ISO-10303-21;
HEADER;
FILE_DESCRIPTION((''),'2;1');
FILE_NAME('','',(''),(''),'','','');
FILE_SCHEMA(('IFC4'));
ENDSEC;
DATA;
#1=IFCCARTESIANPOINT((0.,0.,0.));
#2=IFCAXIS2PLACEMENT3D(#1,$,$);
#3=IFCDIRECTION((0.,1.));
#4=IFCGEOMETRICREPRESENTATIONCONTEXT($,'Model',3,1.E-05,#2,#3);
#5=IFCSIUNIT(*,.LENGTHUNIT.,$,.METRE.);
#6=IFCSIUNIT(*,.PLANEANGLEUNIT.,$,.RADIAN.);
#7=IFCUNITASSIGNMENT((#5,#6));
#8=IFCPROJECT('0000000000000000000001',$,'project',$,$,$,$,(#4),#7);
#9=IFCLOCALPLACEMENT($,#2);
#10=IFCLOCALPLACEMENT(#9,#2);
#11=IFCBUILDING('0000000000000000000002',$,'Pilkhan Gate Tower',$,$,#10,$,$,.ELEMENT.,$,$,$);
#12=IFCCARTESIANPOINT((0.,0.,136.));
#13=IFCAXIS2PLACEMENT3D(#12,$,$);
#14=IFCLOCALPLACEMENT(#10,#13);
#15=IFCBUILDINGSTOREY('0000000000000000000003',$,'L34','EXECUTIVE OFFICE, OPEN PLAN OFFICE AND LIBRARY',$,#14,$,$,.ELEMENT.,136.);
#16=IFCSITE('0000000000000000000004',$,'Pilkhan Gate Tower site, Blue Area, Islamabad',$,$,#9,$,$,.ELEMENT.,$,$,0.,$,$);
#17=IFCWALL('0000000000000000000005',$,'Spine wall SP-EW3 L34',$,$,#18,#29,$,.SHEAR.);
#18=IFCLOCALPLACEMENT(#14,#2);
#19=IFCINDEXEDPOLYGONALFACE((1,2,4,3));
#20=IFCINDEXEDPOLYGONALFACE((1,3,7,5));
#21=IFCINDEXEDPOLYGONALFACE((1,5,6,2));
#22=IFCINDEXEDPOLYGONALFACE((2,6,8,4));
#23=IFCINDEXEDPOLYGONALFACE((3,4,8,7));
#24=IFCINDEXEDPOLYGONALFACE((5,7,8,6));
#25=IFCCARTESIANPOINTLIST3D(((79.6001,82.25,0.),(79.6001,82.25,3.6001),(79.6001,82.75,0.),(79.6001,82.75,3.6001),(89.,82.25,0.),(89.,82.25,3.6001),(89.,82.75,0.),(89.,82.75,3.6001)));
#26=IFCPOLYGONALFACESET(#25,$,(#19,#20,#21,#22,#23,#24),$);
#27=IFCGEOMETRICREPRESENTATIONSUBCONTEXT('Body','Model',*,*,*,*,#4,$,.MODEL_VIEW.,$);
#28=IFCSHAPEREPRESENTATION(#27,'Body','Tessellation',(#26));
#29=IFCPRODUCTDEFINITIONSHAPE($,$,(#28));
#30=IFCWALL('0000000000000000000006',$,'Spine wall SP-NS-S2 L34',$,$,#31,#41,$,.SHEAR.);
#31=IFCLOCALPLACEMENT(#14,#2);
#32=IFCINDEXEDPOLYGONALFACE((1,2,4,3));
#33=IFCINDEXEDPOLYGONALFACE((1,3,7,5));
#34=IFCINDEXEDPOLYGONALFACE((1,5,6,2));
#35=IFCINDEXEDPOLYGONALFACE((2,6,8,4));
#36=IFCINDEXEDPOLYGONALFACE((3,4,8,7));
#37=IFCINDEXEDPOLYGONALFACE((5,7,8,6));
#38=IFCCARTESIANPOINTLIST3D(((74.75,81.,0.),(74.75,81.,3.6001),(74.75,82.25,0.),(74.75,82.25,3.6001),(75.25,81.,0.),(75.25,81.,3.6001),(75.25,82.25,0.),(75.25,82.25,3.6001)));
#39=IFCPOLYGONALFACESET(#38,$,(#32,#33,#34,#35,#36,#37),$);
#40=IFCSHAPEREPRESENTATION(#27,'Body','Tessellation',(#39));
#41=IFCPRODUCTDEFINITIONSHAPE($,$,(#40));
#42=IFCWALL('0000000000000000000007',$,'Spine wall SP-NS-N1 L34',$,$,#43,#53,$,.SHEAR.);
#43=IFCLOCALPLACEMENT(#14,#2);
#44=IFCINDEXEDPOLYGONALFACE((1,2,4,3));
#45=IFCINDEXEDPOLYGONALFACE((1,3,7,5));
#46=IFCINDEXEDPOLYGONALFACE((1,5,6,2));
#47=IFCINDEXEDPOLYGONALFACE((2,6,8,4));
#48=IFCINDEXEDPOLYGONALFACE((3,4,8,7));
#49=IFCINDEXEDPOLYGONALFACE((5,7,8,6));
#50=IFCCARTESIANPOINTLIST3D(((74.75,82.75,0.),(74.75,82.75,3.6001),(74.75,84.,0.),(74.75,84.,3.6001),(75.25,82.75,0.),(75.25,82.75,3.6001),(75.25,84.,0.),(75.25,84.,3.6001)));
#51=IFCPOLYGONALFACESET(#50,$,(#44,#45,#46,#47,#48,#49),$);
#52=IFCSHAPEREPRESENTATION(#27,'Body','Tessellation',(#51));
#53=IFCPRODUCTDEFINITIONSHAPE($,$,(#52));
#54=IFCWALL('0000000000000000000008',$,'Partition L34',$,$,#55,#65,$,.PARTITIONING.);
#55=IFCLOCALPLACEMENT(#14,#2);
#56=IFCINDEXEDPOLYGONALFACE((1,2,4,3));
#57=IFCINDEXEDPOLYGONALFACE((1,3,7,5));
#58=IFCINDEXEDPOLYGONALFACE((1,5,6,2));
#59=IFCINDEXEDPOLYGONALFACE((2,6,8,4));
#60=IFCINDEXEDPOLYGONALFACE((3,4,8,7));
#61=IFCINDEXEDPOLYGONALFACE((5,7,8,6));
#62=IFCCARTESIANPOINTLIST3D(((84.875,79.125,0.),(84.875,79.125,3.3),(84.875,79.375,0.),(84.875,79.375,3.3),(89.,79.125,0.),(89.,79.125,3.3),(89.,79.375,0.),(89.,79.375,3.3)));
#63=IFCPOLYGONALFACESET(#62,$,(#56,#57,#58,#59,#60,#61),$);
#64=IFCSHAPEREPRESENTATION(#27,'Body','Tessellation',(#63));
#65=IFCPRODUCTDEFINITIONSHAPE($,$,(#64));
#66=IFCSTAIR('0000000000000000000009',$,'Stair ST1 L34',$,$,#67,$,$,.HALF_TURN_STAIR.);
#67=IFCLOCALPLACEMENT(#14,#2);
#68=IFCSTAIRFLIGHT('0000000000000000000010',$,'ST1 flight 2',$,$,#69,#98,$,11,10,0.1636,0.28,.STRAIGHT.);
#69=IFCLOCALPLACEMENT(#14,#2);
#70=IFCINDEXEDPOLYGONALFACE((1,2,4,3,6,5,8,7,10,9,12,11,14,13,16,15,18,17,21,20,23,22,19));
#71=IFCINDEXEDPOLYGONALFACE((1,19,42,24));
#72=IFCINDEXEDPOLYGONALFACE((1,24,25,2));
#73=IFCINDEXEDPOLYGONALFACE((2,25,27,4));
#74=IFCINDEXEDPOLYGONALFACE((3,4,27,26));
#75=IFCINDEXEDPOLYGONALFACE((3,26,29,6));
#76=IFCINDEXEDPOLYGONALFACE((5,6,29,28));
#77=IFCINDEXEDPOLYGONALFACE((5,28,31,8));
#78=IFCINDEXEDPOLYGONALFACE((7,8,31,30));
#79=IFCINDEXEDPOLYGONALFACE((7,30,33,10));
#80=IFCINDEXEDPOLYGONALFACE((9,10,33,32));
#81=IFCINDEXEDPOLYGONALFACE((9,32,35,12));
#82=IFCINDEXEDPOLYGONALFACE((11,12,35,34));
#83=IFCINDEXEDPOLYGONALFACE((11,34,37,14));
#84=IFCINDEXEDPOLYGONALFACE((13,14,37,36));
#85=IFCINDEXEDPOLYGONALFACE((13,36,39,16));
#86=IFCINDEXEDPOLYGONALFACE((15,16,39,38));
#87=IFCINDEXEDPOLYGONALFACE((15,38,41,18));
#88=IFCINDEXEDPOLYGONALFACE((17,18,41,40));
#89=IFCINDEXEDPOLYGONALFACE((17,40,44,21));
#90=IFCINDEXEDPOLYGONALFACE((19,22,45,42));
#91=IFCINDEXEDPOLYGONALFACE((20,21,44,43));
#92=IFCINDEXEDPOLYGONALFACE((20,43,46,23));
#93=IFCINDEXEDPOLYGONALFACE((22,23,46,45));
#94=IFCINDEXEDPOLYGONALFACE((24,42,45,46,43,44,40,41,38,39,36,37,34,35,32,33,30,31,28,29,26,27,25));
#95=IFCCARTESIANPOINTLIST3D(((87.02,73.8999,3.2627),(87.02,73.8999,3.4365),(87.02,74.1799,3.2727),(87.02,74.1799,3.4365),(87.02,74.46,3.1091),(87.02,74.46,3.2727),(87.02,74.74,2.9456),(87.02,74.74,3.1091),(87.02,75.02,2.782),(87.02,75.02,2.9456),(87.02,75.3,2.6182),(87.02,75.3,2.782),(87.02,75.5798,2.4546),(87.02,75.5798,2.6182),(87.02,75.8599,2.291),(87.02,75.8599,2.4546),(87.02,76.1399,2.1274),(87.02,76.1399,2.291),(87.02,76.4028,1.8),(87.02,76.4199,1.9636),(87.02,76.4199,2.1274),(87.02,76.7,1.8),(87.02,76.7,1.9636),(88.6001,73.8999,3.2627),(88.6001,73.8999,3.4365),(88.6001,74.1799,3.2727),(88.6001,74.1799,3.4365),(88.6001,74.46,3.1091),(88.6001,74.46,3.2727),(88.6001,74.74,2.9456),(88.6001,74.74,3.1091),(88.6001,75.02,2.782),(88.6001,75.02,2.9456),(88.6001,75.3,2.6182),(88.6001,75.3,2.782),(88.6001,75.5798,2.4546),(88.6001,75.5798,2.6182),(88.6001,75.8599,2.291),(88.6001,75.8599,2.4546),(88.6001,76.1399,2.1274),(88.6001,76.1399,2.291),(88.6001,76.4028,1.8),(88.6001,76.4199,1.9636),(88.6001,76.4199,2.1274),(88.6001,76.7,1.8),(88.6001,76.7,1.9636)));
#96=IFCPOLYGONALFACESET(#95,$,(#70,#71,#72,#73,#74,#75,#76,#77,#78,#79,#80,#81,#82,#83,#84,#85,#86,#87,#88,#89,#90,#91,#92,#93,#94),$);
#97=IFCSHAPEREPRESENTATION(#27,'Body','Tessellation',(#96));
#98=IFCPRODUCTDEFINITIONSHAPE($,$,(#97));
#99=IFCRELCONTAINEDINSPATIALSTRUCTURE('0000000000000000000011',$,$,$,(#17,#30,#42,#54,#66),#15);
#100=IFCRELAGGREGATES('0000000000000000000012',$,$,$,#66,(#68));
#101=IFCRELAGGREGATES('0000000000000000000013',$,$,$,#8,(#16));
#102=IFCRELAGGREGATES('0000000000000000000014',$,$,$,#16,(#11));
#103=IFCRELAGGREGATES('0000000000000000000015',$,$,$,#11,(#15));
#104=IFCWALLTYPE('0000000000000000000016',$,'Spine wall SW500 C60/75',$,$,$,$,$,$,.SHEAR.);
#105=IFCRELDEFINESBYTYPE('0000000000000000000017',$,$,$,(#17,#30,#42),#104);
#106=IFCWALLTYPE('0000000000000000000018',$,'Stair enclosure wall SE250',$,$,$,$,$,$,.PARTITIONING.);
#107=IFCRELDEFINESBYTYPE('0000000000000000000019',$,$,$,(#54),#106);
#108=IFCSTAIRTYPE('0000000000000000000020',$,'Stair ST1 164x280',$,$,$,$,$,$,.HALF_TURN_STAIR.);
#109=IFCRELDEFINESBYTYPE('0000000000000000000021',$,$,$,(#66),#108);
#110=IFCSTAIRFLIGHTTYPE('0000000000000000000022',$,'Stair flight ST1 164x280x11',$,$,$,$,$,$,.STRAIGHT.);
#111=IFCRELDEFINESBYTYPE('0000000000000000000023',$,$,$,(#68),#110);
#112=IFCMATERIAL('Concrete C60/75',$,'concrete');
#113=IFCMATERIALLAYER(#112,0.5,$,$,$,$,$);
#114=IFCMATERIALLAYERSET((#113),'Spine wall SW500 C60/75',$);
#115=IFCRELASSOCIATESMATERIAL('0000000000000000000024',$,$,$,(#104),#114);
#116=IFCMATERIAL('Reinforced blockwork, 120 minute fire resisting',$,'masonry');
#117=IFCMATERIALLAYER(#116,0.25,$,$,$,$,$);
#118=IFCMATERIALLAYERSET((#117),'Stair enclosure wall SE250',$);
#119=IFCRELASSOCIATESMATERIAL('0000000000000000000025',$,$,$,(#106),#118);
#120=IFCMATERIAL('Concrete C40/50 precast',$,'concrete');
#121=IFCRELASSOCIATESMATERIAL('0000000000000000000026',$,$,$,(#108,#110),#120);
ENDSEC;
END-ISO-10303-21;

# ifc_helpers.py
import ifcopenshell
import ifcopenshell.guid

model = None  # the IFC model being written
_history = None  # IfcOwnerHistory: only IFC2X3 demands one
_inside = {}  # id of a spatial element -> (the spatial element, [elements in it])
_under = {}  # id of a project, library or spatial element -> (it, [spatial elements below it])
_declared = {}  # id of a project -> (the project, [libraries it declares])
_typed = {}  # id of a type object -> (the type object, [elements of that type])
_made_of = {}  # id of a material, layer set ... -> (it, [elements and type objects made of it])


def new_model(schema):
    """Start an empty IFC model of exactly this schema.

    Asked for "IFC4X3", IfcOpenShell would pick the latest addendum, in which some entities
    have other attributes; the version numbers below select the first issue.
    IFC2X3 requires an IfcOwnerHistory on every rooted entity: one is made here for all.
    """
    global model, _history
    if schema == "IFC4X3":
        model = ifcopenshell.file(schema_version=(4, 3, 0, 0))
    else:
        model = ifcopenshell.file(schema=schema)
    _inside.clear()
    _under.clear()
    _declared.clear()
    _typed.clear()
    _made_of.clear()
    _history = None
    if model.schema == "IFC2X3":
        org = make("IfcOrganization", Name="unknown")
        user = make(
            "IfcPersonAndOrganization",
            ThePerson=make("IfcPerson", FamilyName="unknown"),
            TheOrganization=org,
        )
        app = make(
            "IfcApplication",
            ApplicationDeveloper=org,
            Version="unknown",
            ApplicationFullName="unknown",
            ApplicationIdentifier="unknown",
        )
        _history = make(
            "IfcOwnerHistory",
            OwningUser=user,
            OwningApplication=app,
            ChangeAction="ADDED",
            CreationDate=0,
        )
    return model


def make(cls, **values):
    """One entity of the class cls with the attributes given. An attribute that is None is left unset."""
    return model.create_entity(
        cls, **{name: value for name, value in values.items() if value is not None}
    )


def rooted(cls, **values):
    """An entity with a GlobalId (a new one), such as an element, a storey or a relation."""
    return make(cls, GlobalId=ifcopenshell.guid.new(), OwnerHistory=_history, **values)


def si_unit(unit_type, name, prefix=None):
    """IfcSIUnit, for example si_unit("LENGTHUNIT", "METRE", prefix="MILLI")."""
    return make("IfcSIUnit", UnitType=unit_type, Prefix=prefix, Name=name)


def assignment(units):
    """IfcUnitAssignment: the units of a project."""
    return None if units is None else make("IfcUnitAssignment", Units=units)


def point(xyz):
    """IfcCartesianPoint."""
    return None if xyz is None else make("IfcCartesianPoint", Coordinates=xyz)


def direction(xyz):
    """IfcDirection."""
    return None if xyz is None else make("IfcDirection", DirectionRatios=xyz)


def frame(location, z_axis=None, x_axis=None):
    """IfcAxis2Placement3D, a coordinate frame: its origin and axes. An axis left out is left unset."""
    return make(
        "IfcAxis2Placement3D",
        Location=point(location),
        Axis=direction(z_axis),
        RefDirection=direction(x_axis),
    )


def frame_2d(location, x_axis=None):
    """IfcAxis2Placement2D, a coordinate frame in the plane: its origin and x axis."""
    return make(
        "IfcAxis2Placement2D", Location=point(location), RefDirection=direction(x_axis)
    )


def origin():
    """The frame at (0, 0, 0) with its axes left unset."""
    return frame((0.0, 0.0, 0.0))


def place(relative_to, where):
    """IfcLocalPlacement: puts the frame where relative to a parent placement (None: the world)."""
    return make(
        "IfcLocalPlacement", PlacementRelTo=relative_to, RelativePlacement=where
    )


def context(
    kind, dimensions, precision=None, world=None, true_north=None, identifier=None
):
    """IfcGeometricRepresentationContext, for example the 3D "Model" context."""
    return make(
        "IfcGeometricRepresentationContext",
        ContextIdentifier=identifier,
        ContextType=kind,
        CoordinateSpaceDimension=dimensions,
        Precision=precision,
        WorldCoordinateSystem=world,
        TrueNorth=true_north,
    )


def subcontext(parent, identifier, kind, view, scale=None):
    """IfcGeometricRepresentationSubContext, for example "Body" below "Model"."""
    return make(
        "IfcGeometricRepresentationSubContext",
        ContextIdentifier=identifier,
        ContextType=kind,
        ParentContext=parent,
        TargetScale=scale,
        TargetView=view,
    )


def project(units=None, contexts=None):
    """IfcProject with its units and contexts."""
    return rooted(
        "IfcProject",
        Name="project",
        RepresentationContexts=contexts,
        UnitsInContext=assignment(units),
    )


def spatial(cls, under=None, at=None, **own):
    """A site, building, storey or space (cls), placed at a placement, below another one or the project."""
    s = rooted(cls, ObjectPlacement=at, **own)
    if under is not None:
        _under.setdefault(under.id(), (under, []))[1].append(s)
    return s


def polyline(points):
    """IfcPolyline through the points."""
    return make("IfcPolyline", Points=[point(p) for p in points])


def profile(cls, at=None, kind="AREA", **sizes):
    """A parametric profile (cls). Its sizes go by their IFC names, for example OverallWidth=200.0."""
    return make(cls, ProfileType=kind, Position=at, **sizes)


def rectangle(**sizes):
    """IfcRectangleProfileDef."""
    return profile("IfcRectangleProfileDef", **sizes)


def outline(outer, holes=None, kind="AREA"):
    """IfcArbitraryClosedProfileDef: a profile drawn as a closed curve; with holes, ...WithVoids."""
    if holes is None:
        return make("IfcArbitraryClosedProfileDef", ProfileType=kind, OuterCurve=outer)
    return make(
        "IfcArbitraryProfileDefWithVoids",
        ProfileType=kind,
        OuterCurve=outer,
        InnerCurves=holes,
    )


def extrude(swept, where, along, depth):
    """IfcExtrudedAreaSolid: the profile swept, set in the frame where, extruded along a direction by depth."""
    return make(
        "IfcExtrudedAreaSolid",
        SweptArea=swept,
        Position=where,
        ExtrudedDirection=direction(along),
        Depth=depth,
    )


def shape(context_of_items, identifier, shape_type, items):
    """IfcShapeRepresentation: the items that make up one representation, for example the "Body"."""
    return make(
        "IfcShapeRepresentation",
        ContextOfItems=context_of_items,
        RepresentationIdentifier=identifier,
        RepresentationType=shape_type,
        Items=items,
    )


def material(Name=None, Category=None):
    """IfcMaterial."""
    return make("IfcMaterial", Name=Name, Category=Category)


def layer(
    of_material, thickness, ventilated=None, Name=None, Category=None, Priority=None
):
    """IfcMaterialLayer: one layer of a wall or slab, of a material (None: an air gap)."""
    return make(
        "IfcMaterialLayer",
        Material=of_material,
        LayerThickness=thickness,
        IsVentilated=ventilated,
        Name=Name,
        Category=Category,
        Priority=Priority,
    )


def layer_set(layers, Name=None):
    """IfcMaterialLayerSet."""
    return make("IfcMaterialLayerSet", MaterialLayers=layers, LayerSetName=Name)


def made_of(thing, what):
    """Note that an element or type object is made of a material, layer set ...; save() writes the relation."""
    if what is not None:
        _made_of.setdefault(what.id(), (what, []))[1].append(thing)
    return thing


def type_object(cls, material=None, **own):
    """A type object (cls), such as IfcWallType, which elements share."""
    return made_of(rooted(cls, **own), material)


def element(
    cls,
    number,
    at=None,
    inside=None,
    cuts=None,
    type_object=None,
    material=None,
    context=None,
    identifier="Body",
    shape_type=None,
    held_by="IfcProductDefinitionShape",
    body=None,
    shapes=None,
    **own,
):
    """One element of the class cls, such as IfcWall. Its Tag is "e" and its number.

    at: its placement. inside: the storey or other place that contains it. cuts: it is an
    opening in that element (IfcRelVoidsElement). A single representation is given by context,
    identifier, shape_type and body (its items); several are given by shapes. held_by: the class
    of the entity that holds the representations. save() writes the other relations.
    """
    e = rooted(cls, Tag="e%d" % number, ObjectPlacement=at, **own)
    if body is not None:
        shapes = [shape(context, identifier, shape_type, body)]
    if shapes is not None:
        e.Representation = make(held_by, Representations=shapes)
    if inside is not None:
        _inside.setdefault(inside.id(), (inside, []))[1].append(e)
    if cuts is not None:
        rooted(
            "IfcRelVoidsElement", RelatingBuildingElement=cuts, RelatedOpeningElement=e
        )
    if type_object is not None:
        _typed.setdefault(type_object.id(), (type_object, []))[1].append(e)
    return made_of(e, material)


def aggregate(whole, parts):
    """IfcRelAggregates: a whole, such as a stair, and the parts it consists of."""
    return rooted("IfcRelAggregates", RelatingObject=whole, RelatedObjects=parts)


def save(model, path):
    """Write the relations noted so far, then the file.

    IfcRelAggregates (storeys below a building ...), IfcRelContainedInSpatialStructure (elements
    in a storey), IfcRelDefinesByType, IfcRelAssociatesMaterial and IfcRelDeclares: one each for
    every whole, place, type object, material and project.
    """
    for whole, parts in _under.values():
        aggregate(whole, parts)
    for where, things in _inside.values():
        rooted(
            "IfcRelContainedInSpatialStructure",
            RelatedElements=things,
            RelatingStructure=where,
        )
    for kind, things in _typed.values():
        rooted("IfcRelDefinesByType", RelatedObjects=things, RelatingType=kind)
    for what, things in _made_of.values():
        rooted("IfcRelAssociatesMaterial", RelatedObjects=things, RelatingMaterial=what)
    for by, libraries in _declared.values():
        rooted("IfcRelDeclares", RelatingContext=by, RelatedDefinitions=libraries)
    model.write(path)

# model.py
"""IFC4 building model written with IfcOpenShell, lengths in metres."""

from ifc_helpers import new_model, si_unit, direction, frame, frame_2d, origin, place, context, subcontext, project, spatial, polyline, rectangle, outline, extrude, material, layer, layer_set, type_object, element, aggregate, save


model = new_model("IFC4")

# Units and contexts
model_context = context("Model", 3, precision=1e-05, world=origin(), true_north=direction((0.0, 1.0)))
body_context = subcontext(model_context, "Body", "Model", "MODEL_VIEW")
ifc_project = project(units=[si_unit("LENGTHUNIT", "METRE"), si_unit("PLANEANGLEUNIT", "RADIAN")], contexts=[model_context])

# Site, building, storey
site_placement = place(None, origin())
site = spatial("IfcSite", under=ifc_project, at=site_placement, Name="Pilkhan Gate Tower site, Blue Area, Islamabad", CompositionType="ELEMENT", RefElevation=0.0)
building_placement = place(site_placement, origin())
building = spatial("IfcBuilding", under=site, at=building_placement, Name="Pilkhan Gate Tower", CompositionType="ELEMENT")
storey_placement = place(building_placement, frame((0.0, 0.0, 136.0)))
storey = spatial("IfcBuildingStorey", under=building, at=storey_placement, Name="L34", Description="EXECUTIVE OFFICE, OPEN PLAN OFFICE AND LIBRARY", CompositionType="ELEMENT", Elevation=136.0)

# Shared definitions
ifc_material_1 = material(Name="Concrete C60/75", Category="concrete")

# Walls
ifc_layer_1 = layer(ifc_material_1, 0.5)
ifc_layer_set_1 = layer_set([ifc_layer_1], Name="Spine wall SW500 C60/75")
wall_type_1 = type_object("IfcWallType", Name="Spine wall SW500 C60/75", PredefinedType="SHEAR", material=ifc_layer_set_1)
wall_1_placement = place(storey_placement, frame((79.6001, 82.5, 0.0), z_axis=(0.0, 0.0, 1.0), x_axis=(1.0, 0.0, 0.0)))
element("IfcWall", 1, at=wall_1_placement, inside=storey, type_object=wall_type_1, Name="Spine wall SP-EW3 L34", PredefinedType="SHEAR", context=body_context, shape_type="SweptSolid", body=[
    extrude(rectangle(XDim=9.3999, YDim=0.5, at=frame_2d((4.7, 0.0))), origin(), (0.0, 0.0, 1.0), 3.6001),
])
for number, where, z_axis, x_axis, name in (
    (2, (75.0, 81.0, 0.0), (0.0, 0.0, 1.0), (0.0, 1.0, 0.0), "Spine wall SP-NS-S2 L34"),
    (3, (75.0, 82.75, 0.0), (0.0, 0.0, 1.0), (0.0, 1.0, 0.0), "Spine wall SP-NS-N1 L34"),
):
    element("IfcWall", number, at=place(storey_placement, frame(where, z_axis=z_axis, x_axis=x_axis)), inside=storey, type_object=wall_type_1, Name=name, PredefinedType="SHEAR", context=body_context, shape_type="SweptSolid", body=[
        extrude(rectangle(XDim=1.25, YDim=0.5, at=frame_2d((0.625, 0.0))), origin(), (0.0, 0.0, 1.0), 3.6001),
    ])
ifc_material_2 = material(Name="Reinforced blockwork, 120 minute fire resisting", Category="masonry")
ifc_layer_2 = layer(ifc_material_2, 0.25)
ifc_layer_set_2 = layer_set([ifc_layer_2], Name="Stair enclosure wall SE250")
wall_type_2 = type_object("IfcWallType", Name="Stair enclosure wall SE250", PredefinedType="PARTITIONING", material=ifc_layer_set_2)
wall_2_placement = place(storey_placement, frame((84.875, 79.25, 0.0), z_axis=(0.0, 0.0, 1.0), x_axis=(1.0, 0.0, 0.0)))
element("IfcWall", 4, at=wall_2_placement, inside=storey, type_object=wall_type_2, Name="Partition L34", PredefinedType="PARTITIONING", context=body_context, shape_type="SweptSolid", body=[
    extrude(rectangle(XDim=4.125, YDim=0.25, at=frame_2d((2.0625, 0.0))), origin(), (0.0, 0.0, 1.0), 3.3),
])

# Stair, stair flight
ifc_material_3 = material(Name="Concrete C40/50 precast", Category="concrete")
stair_type = type_object("IfcStairType", Name="Stair ST1 164x280", PredefinedType="HALF_TURN_STAIR", material=ifc_material_3)
stair_placement = place(storey_placement, origin())
stair = element("IfcStair", 5, at=stair_placement, inside=storey, type_object=stair_type, Name="Stair ST1 L34", PredefinedType="HALF_TURN_STAIR")
stair_flight_type = type_object("IfcStairFlightType", Name="Stair flight ST1 164x280x11", PredefinedType="STRAIGHT", material=ifc_material_3)
stair_flight_placement = place(storey_placement, frame((87.8101, 76.7, 1.8), z_axis=(0.0, 0.0, 1.0), x_axis=(0.0, -1.0, 0.0)))
stair_flight = element("IfcStairFlight", 6, at=stair_flight_placement, type_object=stair_flight_type, Name="ST1 flight 2", NumberOfRisers=11, NumberOfTreads=10, PredefinedType="STRAIGHT", RiserHeight=0.1636, TreadLength=0.28, context=body_context, shape_type="SweptSolid", body=[
    extrude(outline(polyline([(0.0, 0.0), (0.0, 0.1636), (0.28, 0.1636), (0.28, 0.3274), (0.5601, 0.3274), (0.5601, 0.491), (0.8401, 0.491), (0.8401, 0.6545), (1.1201, 0.6545), (1.1201, 0.8181), (1.3999, 0.8181), (1.3999, 0.9819), (1.6799, 0.9819), (1.6799, 1.1455), (1.96, 1.1455), (1.96, 1.3091), (2.24, 1.3091), (2.24, 1.4727), (2.52, 1.4727), (2.52, 1.6365), (2.8, 1.6365), (2.8, 1.8), (2.8, 1.4626), (0.2971, 0.0), (0.0, 0.0)])), frame((0.0, 0.79, 0.0), z_axis=(0.0, -1.0, 0.0), x_axis=(1.0, 0.0, 0.0)), (0.0, 0.0, 1.0), 1.5801),
])
aggregate(stair, [stair_flight])

save(model, "model.ifc")
